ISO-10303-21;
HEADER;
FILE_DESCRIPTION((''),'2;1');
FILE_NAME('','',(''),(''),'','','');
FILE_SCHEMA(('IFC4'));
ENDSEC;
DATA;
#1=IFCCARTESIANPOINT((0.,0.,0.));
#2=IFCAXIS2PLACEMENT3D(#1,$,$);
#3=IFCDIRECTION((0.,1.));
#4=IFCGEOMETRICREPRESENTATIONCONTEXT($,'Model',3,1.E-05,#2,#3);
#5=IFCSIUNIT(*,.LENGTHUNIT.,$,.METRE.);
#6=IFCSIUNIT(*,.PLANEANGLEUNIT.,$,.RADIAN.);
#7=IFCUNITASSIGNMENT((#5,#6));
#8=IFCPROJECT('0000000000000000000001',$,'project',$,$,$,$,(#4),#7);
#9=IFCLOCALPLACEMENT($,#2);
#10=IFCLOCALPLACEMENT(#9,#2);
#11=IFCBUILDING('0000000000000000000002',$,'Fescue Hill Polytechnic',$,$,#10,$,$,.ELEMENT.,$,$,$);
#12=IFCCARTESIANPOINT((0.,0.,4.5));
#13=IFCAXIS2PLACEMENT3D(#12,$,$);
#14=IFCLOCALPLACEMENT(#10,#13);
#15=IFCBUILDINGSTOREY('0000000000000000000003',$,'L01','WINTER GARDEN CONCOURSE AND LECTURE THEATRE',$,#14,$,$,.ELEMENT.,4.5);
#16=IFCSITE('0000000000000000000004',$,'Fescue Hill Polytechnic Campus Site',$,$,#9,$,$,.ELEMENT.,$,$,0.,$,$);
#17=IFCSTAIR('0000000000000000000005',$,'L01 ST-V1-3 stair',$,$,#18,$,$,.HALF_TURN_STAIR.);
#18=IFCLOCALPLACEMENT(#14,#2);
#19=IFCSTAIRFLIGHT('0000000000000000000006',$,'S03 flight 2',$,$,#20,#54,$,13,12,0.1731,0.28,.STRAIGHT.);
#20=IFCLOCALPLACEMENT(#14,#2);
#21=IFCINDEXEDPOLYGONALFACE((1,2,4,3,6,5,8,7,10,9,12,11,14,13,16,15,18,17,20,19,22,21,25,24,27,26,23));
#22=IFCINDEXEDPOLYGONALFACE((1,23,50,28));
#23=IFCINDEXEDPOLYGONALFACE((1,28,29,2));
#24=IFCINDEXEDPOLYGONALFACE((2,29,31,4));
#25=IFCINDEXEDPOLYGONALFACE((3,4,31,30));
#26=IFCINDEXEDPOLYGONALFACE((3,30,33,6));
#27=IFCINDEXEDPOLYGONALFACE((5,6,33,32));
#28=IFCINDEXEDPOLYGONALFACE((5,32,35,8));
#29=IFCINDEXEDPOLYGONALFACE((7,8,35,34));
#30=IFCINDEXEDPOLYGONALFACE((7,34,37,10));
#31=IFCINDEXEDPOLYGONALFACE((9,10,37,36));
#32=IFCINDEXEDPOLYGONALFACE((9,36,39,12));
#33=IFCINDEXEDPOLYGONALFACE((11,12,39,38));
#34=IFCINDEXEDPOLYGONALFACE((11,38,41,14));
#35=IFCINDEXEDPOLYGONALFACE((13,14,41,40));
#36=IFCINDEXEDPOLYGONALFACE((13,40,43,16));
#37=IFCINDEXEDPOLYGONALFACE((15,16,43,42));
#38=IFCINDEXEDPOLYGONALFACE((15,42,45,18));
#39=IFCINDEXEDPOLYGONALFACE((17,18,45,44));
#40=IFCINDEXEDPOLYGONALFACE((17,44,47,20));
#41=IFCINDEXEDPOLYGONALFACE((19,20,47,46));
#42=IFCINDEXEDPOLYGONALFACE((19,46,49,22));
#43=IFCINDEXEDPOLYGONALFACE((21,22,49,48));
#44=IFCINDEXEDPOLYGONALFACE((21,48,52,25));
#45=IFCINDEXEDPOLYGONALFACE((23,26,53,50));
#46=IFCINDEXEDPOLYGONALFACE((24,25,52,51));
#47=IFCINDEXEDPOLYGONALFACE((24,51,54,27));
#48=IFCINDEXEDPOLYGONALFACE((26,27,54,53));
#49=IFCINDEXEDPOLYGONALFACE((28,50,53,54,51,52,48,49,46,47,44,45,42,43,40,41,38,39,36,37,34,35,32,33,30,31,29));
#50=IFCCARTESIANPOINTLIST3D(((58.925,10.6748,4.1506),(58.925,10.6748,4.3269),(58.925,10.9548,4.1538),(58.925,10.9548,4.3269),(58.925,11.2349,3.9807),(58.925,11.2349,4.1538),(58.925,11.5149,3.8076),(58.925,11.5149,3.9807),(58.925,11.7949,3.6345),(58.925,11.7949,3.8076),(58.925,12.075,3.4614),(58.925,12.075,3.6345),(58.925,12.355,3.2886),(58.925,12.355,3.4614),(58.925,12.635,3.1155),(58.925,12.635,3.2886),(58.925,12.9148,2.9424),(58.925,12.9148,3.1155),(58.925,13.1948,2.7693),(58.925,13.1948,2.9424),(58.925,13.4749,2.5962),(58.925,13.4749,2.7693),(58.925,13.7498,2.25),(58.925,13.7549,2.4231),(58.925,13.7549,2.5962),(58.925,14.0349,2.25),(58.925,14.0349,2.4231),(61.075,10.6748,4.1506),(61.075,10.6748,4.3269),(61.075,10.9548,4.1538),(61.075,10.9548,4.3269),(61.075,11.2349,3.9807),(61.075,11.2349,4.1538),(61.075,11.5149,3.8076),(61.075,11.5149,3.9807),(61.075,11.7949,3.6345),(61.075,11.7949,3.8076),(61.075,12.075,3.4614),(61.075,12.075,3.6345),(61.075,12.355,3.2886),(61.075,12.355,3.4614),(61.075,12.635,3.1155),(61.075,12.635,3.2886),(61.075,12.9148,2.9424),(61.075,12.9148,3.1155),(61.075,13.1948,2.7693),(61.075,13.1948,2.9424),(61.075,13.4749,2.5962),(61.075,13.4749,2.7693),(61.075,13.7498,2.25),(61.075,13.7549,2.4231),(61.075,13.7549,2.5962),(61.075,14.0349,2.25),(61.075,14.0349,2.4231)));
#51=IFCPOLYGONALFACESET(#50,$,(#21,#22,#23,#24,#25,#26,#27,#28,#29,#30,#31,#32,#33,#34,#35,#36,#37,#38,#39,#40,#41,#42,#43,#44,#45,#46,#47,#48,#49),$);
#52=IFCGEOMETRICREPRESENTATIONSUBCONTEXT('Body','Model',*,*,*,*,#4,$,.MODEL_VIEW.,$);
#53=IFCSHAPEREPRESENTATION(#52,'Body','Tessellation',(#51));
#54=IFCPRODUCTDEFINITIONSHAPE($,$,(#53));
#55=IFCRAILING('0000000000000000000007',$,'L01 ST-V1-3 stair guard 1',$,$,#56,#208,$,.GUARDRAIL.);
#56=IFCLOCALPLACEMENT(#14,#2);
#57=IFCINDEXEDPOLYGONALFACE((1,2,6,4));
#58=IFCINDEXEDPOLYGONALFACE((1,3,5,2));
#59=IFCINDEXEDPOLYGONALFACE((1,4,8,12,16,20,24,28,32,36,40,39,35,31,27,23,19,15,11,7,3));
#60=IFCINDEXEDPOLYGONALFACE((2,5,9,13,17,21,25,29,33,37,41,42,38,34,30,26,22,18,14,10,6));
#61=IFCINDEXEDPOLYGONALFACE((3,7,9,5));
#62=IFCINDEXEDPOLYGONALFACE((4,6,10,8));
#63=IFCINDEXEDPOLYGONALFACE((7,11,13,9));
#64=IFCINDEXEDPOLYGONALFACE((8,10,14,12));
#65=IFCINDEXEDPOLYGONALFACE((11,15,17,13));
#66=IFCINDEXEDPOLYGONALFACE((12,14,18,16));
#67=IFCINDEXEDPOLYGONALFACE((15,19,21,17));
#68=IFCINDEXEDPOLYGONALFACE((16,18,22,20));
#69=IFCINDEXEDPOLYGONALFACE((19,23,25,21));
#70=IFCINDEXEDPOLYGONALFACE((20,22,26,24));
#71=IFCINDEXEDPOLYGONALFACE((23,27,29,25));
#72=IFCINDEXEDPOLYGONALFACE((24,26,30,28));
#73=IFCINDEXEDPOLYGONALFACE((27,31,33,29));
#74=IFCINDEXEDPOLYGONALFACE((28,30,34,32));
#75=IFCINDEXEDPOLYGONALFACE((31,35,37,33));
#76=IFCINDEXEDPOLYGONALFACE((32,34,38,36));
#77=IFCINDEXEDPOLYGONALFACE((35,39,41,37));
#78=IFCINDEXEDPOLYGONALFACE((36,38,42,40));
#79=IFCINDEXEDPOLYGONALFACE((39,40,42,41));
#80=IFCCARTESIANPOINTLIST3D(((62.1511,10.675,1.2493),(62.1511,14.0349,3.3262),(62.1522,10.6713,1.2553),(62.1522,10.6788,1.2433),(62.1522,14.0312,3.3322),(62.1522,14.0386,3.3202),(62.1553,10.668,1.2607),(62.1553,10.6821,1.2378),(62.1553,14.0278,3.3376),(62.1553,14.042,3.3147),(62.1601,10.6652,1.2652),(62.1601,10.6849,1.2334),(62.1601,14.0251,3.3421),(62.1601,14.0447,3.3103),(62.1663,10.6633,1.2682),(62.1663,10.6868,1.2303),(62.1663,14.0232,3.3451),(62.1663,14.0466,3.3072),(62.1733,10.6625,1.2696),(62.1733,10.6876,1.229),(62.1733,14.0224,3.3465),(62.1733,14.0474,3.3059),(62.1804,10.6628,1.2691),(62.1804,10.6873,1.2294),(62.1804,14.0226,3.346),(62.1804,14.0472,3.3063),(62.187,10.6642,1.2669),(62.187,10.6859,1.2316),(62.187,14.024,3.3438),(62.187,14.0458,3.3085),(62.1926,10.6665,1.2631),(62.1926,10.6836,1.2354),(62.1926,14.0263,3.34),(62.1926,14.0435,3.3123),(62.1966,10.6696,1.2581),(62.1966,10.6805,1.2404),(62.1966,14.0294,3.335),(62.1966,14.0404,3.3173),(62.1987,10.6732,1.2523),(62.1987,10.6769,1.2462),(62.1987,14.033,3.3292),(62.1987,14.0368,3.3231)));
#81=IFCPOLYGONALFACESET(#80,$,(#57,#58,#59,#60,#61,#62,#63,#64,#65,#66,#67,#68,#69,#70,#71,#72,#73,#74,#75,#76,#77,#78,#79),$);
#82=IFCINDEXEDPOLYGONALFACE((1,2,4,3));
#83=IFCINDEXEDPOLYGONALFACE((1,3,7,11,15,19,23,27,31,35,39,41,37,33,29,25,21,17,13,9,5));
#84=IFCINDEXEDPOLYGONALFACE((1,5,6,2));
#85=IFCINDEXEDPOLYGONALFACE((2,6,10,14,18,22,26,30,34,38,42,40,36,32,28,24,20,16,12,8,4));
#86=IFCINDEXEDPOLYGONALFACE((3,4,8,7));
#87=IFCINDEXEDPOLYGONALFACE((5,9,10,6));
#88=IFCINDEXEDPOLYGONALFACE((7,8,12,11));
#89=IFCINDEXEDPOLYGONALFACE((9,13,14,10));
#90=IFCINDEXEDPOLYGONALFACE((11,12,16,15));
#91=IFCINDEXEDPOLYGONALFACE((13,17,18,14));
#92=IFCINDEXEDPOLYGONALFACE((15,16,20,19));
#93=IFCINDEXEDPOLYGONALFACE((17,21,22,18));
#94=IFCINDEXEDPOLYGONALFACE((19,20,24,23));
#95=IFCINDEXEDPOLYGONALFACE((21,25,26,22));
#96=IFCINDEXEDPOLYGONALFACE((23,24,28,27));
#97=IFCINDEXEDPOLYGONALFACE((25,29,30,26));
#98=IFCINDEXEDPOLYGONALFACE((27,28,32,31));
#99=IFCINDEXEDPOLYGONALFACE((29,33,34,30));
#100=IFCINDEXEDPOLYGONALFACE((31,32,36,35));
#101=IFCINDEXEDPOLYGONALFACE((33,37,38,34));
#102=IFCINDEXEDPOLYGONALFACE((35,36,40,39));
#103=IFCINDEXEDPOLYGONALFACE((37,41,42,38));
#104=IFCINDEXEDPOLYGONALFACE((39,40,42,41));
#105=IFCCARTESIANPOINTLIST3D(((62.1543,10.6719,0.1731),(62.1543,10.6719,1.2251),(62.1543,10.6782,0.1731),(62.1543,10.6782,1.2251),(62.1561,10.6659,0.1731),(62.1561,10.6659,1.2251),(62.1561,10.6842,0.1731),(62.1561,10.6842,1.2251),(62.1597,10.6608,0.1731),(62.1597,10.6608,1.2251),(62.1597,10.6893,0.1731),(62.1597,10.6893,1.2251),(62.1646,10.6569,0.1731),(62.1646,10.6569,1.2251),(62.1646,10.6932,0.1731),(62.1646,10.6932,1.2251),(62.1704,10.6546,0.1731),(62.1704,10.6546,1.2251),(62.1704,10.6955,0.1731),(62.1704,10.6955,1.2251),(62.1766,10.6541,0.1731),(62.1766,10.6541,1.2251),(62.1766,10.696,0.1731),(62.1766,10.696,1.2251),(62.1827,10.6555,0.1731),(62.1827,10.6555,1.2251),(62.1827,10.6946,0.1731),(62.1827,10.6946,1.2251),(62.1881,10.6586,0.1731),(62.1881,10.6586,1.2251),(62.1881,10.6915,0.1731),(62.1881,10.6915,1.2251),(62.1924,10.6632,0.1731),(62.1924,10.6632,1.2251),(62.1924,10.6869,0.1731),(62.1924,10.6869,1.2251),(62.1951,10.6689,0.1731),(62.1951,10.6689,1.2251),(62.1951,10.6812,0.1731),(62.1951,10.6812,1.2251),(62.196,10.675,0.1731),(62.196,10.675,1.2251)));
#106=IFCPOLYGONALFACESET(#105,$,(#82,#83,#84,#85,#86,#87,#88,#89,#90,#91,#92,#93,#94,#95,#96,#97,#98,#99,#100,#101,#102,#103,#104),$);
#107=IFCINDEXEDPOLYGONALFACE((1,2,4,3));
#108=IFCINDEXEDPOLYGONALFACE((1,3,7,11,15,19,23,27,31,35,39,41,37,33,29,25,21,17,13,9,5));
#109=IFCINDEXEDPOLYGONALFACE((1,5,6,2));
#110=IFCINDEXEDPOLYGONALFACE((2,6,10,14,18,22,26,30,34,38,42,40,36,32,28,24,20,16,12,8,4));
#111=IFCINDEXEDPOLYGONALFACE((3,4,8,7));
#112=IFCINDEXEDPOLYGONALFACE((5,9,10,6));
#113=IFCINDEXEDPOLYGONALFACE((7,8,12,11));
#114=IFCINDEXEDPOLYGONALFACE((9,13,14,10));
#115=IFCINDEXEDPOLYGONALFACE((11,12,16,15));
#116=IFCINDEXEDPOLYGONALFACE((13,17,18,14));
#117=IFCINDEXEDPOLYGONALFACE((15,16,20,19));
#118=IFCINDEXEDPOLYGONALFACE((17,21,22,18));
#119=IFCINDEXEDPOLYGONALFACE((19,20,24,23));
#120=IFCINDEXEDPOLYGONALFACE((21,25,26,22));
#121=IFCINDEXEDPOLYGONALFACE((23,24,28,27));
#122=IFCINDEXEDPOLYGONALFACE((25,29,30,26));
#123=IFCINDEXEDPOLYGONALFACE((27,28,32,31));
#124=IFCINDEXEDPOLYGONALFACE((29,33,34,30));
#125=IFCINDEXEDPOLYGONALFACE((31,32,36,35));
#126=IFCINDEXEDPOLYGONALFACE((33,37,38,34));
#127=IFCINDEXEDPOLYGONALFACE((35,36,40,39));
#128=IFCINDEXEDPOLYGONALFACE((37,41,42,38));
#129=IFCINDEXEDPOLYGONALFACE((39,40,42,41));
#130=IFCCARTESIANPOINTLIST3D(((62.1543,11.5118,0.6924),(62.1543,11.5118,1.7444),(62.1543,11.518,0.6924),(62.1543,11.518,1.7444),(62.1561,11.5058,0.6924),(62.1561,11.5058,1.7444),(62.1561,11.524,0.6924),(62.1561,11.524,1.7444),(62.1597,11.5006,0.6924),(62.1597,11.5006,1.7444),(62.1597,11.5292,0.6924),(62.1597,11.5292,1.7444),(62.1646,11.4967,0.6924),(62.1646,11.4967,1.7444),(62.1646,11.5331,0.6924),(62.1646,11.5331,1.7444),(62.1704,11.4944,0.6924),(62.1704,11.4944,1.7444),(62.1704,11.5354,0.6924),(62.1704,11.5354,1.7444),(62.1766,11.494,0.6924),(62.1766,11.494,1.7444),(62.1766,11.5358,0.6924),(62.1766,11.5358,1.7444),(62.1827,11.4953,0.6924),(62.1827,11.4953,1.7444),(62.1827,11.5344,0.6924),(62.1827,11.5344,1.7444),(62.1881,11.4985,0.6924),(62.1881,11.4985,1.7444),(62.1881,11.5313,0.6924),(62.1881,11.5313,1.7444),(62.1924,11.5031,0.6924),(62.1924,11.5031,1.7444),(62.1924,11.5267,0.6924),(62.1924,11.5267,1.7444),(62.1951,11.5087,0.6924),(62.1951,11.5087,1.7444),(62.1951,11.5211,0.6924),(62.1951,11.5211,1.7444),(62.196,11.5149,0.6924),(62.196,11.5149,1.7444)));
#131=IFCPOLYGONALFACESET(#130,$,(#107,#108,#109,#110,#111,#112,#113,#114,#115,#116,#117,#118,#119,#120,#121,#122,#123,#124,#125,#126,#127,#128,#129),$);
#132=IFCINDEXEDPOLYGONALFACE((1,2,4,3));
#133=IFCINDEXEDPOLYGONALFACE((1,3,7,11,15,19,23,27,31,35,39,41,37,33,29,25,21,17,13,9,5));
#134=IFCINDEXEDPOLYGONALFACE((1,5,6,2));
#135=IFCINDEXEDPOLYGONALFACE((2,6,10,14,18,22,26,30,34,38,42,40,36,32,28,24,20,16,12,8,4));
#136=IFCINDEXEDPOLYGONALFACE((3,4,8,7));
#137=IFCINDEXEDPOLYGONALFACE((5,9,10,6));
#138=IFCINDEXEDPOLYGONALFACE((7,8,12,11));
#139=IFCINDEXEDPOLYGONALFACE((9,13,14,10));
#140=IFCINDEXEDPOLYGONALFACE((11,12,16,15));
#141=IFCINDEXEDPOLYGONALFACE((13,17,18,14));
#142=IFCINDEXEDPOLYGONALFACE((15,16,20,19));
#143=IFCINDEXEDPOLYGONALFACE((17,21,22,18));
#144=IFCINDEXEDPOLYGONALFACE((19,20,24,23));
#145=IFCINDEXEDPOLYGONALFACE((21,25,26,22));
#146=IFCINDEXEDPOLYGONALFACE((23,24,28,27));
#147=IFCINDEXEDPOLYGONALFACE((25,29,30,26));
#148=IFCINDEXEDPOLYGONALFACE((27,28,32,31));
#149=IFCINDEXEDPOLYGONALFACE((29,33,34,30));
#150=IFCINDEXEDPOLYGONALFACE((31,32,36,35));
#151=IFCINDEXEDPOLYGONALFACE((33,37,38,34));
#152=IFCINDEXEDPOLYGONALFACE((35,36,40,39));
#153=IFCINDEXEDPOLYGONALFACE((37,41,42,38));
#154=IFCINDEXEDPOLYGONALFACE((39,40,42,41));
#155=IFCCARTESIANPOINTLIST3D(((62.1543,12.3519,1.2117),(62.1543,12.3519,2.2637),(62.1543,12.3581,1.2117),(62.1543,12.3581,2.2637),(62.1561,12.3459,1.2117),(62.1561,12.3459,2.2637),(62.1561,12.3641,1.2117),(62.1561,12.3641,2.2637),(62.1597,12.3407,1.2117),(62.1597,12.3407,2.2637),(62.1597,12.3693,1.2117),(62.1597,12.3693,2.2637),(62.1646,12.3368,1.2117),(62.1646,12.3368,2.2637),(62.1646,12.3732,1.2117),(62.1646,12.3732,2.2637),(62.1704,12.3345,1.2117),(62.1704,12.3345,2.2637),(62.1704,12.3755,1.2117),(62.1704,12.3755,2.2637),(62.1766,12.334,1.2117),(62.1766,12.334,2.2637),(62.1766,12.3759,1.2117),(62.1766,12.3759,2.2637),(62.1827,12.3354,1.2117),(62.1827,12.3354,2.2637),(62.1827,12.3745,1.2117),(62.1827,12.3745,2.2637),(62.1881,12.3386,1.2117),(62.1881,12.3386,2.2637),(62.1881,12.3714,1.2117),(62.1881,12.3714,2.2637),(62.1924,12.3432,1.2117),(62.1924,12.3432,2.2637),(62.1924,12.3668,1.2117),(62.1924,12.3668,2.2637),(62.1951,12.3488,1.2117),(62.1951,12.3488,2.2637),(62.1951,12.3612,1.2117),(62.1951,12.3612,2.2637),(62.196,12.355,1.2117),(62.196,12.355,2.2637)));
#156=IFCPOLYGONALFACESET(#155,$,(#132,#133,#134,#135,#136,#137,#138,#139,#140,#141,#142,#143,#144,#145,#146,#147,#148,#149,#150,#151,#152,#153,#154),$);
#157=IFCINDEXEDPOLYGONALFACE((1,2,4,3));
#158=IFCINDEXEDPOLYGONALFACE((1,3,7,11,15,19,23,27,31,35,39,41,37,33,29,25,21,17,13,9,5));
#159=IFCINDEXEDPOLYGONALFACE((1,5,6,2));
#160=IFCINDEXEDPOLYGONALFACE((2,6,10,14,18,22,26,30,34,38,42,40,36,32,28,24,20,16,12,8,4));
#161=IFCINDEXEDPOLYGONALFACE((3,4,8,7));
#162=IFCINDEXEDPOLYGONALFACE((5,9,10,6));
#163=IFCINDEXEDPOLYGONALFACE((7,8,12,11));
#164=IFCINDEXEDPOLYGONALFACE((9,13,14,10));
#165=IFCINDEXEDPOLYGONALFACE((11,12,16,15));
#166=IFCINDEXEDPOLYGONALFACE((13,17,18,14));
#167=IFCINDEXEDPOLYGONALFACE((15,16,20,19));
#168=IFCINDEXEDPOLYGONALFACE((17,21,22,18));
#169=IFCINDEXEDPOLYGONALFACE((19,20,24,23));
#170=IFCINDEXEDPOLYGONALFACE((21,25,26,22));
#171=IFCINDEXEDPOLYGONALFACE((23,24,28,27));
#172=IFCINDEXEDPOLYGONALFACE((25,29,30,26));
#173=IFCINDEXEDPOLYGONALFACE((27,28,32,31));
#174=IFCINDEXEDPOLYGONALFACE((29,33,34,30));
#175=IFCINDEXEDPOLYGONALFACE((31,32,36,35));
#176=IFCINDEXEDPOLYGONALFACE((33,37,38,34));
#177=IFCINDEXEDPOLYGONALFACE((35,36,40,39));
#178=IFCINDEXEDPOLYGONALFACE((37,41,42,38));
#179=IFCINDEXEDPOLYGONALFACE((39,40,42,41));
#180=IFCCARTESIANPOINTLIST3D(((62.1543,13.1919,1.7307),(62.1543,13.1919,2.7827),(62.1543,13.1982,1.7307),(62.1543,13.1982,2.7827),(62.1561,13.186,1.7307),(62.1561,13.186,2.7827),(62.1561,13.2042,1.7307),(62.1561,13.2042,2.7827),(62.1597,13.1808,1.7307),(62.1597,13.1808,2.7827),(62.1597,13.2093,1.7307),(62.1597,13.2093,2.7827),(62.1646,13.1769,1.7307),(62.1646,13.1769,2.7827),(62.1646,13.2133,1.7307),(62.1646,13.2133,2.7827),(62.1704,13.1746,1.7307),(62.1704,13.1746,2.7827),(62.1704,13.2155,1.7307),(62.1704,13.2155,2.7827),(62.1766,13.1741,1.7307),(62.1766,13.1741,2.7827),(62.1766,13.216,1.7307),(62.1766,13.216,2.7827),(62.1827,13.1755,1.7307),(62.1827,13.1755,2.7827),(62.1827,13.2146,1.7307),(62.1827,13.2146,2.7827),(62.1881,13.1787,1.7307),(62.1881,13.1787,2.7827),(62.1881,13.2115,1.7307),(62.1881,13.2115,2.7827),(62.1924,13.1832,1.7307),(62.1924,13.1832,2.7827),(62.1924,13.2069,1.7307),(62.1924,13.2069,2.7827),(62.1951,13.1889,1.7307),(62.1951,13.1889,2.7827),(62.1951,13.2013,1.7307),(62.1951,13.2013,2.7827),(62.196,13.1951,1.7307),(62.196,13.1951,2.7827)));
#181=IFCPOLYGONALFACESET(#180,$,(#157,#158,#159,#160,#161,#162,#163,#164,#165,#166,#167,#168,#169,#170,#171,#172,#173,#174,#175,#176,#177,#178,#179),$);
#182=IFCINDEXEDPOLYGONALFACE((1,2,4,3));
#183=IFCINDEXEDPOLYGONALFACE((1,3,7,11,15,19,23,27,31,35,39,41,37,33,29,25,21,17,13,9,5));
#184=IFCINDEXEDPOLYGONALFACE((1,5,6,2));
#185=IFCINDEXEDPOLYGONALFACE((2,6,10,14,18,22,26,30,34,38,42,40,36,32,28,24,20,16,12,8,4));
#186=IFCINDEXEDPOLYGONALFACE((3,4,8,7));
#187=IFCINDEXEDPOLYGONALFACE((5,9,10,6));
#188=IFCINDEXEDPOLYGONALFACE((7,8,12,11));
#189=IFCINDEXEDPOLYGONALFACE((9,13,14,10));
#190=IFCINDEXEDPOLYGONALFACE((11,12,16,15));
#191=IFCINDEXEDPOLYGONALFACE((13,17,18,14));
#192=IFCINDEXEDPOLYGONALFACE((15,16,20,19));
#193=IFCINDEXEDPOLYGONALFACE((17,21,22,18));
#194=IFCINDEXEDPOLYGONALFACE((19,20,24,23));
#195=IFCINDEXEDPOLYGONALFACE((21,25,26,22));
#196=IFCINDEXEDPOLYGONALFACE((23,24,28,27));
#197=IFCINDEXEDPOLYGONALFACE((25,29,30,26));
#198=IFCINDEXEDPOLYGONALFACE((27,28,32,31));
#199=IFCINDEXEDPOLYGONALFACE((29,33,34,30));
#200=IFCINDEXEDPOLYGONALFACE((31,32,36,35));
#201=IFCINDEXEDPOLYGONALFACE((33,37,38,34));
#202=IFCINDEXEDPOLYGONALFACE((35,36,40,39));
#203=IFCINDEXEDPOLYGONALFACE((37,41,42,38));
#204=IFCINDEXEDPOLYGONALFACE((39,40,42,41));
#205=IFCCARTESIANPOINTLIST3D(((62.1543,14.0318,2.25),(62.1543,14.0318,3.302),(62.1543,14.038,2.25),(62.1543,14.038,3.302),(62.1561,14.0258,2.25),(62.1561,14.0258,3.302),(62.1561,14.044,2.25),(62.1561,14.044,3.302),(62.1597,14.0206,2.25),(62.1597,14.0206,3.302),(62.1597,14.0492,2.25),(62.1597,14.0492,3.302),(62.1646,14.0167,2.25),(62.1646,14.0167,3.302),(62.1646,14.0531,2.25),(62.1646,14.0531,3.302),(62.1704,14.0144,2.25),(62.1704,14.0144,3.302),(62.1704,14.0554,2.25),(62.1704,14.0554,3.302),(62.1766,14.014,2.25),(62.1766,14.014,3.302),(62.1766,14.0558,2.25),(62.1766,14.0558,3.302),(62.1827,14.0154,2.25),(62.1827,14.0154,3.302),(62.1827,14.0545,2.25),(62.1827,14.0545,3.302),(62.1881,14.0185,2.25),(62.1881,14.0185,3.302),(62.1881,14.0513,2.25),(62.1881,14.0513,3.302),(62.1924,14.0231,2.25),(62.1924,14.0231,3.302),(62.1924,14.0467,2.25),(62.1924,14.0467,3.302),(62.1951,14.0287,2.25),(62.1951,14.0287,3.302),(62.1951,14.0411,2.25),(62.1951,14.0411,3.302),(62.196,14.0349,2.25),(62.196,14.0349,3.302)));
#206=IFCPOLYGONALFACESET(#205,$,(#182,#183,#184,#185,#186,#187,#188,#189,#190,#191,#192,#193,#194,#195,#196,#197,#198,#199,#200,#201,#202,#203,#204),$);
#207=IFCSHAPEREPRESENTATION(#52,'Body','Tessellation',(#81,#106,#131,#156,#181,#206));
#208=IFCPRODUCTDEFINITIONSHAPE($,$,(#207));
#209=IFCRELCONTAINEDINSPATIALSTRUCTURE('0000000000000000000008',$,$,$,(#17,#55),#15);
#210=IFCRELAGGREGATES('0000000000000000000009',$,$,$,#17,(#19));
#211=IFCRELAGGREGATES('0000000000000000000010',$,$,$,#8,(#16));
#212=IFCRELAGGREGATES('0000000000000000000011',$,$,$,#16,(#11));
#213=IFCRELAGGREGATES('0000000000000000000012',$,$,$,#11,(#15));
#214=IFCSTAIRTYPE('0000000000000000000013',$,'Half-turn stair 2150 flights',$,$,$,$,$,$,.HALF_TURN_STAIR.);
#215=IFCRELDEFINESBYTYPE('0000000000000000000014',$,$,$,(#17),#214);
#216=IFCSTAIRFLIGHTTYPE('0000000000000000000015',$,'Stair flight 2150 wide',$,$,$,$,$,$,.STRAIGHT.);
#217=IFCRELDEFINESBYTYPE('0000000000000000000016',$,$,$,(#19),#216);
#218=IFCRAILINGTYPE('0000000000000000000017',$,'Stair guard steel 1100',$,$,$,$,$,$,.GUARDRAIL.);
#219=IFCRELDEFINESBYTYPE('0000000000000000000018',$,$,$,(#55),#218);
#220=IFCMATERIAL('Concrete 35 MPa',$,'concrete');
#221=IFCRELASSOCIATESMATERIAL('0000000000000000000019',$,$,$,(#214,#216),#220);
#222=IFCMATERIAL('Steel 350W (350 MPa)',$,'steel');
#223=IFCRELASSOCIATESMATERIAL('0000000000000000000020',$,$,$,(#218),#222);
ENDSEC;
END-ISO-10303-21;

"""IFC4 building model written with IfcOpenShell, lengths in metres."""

from ifc_helpers import new_model, si_unit, direction, frame, origin, origin_2d, place, context, subcontext, project, spatial, polyline, circle, outline, extrude, material, type_object, element, aggregate, save


model = new_model("IFC4")

# Units and contexts
model_context = context("Model", 3, precision=1e-05, world=origin(), true_north=direction((0.0, 1.0)))
body_context = subcontext(model_context, "Body", "Model", "MODEL_VIEW")
ifc_project = project(units=[si_unit("LENGTHUNIT", "METRE"), si_unit("PLANEANGLEUNIT", "RADIAN")], contexts=[model_context])

# Site, building, storey
site_placement = place(None, origin())
site = spatial("IfcSite", under=ifc_project, at=site_placement, Name="Fescue Hill Polytechnic Campus Site", CompositionType="ELEMENT", RefElevation=0.0)
building_placement = place(site_placement, origin())
building = spatial("IfcBuilding", under=site, at=building_placement, Name="Fescue Hill Polytechnic", CompositionType="ELEMENT")
storey_placement = place(building_placement, frame((0.0, 0.0, 4.5)))
storey = spatial("IfcBuildingStorey", under=building, at=storey_placement, Name="L01", Description="WINTER GARDEN CONCOURSE AND LECTURE THEATRE", CompositionType="ELEMENT", Elevation=4.5)

# Shared definitions
ifc_material_1 = material(Name="Concrete 35 MPa", Category="concrete")

# Stair, stair flight
stair_type = type_object("IfcStairType", Name="Half-turn stair 2150 flights", PredefinedType="HALF_TURN_STAIR", material=ifc_material_1)
stair_placement = place(storey_placement, origin())
stair = element("IfcStair", 1, at=stair_placement, inside=storey, type_object=stair_type, Name="L01 ST-V1-3 stair", PredefinedType="HALF_TURN_STAIR")
stair_flight_type = type_object("IfcStairFlightType", Name="Stair flight 2150 wide", PredefinedType="STRAIGHT", material=ifc_material_1)
stair_flight_1_placement = place(storey_placement, frame((60.0, 14.0349, 2.25), z_axis=(0.0, 0.0, 1.0), x_axis=(0.0, -1.0, 0.0)))
stair_flight_1 = element("IfcStairFlight", 2, at=stair_flight_1_placement, type_object=stair_flight_type, Name="S03 flight 2", NumberOfRisers=13, NumberOfTreads=12, PredefinedType="STRAIGHT", RiserHeight=0.1731, TreadLength=0.28, context=body_context, shape_type="SweptSolid", body=[
    extrude(outline(polyline([(0.0, 0.0), (0.0, 0.1731), (0.28, 0.1731), (0.28, 0.3462), (0.5601, 0.3462), (0.5601, 0.5193), (0.8401, 0.5193), (0.8401, 0.6924), (1.1201, 0.6924), (1.1201, 0.8655), (1.3999, 0.8655), (1.3999, 1.0386), (1.6799, 1.0386), (1.6799, 1.2114), (1.96, 1.2114), (1.96, 1.3845), (2.24, 1.3845), (2.24, 1.5576), (2.52, 1.5576), (2.52, 1.7307), (2.8, 1.7307), (2.8, 1.9038), (3.0801, 1.9038), (3.0801, 2.0769), (3.3601, 2.0769), (3.3601, 2.25), (3.3601, 1.9006), (0.2852, 0.0), (0.0, 0.0)])), frame((0.0, 1.075, 0.0), z_axis=(0.0, -1.0, 0.0), x_axis=(1.0, 0.0, 0.0)), (0.0, 0.0, 1.0), 2.1499),
])
aggregate(stair, [stair_flight_1])

# Railing
ifc_material_2 = material(Name="Steel 350W (350 MPa)", Category="steel")
railing_type_1 = type_object("IfcRailingType", Name="Stair guard steel 1100", PredefinedType="GUARDRAIL", material=ifc_material_2)
railing_1_placement = place(storey_placement, frame((62.175, 10.675, 0.1731)))
element("IfcRailing", 3, at=railing_1_placement, inside=storey, type_object=railing_type_1, Name="L01 ST-V1-3 stair guard 1", PredefinedType="GUARDRAIL", context=body_context, shape_type="SweptSolid", body=[
    extrude(circle(Radius=0.0239, at=origin_2d()), frame((0.0, 0.0, 1.0762), z_axis=(0.0, 0.850606, 0.525803), x_axis=(-1.0, 0.0, 0.0)), (0.0, 0.0, 1.0), 3.95),
    extrude(circle(Radius=0.021, at=origin_2d()), origin(), (0.0, 0.0, 1.0), 1.052),
    extrude(circle(Radius=0.021, at=origin_2d()), frame((0.0, 0.8398, 0.5193)), (0.0, 0.0, 1.0), 1.052),
    extrude(circle(Radius=0.021, at=origin_2d()), frame((0.0, 1.6799, 1.0386)), (0.0, 0.0, 1.0), 1.052),
    extrude(circle(Radius=0.021, at=origin_2d()), frame((0.0, 2.52, 1.5576)), (0.0, 0.0, 1.0), 1.052),
    extrude(circle(Radius=0.021, at=origin_2d()), frame((0.0, 3.3599, 2.0769)), (0.0, 0.0, 1.0), 1.052),
])

save(model, "model.ifc")
